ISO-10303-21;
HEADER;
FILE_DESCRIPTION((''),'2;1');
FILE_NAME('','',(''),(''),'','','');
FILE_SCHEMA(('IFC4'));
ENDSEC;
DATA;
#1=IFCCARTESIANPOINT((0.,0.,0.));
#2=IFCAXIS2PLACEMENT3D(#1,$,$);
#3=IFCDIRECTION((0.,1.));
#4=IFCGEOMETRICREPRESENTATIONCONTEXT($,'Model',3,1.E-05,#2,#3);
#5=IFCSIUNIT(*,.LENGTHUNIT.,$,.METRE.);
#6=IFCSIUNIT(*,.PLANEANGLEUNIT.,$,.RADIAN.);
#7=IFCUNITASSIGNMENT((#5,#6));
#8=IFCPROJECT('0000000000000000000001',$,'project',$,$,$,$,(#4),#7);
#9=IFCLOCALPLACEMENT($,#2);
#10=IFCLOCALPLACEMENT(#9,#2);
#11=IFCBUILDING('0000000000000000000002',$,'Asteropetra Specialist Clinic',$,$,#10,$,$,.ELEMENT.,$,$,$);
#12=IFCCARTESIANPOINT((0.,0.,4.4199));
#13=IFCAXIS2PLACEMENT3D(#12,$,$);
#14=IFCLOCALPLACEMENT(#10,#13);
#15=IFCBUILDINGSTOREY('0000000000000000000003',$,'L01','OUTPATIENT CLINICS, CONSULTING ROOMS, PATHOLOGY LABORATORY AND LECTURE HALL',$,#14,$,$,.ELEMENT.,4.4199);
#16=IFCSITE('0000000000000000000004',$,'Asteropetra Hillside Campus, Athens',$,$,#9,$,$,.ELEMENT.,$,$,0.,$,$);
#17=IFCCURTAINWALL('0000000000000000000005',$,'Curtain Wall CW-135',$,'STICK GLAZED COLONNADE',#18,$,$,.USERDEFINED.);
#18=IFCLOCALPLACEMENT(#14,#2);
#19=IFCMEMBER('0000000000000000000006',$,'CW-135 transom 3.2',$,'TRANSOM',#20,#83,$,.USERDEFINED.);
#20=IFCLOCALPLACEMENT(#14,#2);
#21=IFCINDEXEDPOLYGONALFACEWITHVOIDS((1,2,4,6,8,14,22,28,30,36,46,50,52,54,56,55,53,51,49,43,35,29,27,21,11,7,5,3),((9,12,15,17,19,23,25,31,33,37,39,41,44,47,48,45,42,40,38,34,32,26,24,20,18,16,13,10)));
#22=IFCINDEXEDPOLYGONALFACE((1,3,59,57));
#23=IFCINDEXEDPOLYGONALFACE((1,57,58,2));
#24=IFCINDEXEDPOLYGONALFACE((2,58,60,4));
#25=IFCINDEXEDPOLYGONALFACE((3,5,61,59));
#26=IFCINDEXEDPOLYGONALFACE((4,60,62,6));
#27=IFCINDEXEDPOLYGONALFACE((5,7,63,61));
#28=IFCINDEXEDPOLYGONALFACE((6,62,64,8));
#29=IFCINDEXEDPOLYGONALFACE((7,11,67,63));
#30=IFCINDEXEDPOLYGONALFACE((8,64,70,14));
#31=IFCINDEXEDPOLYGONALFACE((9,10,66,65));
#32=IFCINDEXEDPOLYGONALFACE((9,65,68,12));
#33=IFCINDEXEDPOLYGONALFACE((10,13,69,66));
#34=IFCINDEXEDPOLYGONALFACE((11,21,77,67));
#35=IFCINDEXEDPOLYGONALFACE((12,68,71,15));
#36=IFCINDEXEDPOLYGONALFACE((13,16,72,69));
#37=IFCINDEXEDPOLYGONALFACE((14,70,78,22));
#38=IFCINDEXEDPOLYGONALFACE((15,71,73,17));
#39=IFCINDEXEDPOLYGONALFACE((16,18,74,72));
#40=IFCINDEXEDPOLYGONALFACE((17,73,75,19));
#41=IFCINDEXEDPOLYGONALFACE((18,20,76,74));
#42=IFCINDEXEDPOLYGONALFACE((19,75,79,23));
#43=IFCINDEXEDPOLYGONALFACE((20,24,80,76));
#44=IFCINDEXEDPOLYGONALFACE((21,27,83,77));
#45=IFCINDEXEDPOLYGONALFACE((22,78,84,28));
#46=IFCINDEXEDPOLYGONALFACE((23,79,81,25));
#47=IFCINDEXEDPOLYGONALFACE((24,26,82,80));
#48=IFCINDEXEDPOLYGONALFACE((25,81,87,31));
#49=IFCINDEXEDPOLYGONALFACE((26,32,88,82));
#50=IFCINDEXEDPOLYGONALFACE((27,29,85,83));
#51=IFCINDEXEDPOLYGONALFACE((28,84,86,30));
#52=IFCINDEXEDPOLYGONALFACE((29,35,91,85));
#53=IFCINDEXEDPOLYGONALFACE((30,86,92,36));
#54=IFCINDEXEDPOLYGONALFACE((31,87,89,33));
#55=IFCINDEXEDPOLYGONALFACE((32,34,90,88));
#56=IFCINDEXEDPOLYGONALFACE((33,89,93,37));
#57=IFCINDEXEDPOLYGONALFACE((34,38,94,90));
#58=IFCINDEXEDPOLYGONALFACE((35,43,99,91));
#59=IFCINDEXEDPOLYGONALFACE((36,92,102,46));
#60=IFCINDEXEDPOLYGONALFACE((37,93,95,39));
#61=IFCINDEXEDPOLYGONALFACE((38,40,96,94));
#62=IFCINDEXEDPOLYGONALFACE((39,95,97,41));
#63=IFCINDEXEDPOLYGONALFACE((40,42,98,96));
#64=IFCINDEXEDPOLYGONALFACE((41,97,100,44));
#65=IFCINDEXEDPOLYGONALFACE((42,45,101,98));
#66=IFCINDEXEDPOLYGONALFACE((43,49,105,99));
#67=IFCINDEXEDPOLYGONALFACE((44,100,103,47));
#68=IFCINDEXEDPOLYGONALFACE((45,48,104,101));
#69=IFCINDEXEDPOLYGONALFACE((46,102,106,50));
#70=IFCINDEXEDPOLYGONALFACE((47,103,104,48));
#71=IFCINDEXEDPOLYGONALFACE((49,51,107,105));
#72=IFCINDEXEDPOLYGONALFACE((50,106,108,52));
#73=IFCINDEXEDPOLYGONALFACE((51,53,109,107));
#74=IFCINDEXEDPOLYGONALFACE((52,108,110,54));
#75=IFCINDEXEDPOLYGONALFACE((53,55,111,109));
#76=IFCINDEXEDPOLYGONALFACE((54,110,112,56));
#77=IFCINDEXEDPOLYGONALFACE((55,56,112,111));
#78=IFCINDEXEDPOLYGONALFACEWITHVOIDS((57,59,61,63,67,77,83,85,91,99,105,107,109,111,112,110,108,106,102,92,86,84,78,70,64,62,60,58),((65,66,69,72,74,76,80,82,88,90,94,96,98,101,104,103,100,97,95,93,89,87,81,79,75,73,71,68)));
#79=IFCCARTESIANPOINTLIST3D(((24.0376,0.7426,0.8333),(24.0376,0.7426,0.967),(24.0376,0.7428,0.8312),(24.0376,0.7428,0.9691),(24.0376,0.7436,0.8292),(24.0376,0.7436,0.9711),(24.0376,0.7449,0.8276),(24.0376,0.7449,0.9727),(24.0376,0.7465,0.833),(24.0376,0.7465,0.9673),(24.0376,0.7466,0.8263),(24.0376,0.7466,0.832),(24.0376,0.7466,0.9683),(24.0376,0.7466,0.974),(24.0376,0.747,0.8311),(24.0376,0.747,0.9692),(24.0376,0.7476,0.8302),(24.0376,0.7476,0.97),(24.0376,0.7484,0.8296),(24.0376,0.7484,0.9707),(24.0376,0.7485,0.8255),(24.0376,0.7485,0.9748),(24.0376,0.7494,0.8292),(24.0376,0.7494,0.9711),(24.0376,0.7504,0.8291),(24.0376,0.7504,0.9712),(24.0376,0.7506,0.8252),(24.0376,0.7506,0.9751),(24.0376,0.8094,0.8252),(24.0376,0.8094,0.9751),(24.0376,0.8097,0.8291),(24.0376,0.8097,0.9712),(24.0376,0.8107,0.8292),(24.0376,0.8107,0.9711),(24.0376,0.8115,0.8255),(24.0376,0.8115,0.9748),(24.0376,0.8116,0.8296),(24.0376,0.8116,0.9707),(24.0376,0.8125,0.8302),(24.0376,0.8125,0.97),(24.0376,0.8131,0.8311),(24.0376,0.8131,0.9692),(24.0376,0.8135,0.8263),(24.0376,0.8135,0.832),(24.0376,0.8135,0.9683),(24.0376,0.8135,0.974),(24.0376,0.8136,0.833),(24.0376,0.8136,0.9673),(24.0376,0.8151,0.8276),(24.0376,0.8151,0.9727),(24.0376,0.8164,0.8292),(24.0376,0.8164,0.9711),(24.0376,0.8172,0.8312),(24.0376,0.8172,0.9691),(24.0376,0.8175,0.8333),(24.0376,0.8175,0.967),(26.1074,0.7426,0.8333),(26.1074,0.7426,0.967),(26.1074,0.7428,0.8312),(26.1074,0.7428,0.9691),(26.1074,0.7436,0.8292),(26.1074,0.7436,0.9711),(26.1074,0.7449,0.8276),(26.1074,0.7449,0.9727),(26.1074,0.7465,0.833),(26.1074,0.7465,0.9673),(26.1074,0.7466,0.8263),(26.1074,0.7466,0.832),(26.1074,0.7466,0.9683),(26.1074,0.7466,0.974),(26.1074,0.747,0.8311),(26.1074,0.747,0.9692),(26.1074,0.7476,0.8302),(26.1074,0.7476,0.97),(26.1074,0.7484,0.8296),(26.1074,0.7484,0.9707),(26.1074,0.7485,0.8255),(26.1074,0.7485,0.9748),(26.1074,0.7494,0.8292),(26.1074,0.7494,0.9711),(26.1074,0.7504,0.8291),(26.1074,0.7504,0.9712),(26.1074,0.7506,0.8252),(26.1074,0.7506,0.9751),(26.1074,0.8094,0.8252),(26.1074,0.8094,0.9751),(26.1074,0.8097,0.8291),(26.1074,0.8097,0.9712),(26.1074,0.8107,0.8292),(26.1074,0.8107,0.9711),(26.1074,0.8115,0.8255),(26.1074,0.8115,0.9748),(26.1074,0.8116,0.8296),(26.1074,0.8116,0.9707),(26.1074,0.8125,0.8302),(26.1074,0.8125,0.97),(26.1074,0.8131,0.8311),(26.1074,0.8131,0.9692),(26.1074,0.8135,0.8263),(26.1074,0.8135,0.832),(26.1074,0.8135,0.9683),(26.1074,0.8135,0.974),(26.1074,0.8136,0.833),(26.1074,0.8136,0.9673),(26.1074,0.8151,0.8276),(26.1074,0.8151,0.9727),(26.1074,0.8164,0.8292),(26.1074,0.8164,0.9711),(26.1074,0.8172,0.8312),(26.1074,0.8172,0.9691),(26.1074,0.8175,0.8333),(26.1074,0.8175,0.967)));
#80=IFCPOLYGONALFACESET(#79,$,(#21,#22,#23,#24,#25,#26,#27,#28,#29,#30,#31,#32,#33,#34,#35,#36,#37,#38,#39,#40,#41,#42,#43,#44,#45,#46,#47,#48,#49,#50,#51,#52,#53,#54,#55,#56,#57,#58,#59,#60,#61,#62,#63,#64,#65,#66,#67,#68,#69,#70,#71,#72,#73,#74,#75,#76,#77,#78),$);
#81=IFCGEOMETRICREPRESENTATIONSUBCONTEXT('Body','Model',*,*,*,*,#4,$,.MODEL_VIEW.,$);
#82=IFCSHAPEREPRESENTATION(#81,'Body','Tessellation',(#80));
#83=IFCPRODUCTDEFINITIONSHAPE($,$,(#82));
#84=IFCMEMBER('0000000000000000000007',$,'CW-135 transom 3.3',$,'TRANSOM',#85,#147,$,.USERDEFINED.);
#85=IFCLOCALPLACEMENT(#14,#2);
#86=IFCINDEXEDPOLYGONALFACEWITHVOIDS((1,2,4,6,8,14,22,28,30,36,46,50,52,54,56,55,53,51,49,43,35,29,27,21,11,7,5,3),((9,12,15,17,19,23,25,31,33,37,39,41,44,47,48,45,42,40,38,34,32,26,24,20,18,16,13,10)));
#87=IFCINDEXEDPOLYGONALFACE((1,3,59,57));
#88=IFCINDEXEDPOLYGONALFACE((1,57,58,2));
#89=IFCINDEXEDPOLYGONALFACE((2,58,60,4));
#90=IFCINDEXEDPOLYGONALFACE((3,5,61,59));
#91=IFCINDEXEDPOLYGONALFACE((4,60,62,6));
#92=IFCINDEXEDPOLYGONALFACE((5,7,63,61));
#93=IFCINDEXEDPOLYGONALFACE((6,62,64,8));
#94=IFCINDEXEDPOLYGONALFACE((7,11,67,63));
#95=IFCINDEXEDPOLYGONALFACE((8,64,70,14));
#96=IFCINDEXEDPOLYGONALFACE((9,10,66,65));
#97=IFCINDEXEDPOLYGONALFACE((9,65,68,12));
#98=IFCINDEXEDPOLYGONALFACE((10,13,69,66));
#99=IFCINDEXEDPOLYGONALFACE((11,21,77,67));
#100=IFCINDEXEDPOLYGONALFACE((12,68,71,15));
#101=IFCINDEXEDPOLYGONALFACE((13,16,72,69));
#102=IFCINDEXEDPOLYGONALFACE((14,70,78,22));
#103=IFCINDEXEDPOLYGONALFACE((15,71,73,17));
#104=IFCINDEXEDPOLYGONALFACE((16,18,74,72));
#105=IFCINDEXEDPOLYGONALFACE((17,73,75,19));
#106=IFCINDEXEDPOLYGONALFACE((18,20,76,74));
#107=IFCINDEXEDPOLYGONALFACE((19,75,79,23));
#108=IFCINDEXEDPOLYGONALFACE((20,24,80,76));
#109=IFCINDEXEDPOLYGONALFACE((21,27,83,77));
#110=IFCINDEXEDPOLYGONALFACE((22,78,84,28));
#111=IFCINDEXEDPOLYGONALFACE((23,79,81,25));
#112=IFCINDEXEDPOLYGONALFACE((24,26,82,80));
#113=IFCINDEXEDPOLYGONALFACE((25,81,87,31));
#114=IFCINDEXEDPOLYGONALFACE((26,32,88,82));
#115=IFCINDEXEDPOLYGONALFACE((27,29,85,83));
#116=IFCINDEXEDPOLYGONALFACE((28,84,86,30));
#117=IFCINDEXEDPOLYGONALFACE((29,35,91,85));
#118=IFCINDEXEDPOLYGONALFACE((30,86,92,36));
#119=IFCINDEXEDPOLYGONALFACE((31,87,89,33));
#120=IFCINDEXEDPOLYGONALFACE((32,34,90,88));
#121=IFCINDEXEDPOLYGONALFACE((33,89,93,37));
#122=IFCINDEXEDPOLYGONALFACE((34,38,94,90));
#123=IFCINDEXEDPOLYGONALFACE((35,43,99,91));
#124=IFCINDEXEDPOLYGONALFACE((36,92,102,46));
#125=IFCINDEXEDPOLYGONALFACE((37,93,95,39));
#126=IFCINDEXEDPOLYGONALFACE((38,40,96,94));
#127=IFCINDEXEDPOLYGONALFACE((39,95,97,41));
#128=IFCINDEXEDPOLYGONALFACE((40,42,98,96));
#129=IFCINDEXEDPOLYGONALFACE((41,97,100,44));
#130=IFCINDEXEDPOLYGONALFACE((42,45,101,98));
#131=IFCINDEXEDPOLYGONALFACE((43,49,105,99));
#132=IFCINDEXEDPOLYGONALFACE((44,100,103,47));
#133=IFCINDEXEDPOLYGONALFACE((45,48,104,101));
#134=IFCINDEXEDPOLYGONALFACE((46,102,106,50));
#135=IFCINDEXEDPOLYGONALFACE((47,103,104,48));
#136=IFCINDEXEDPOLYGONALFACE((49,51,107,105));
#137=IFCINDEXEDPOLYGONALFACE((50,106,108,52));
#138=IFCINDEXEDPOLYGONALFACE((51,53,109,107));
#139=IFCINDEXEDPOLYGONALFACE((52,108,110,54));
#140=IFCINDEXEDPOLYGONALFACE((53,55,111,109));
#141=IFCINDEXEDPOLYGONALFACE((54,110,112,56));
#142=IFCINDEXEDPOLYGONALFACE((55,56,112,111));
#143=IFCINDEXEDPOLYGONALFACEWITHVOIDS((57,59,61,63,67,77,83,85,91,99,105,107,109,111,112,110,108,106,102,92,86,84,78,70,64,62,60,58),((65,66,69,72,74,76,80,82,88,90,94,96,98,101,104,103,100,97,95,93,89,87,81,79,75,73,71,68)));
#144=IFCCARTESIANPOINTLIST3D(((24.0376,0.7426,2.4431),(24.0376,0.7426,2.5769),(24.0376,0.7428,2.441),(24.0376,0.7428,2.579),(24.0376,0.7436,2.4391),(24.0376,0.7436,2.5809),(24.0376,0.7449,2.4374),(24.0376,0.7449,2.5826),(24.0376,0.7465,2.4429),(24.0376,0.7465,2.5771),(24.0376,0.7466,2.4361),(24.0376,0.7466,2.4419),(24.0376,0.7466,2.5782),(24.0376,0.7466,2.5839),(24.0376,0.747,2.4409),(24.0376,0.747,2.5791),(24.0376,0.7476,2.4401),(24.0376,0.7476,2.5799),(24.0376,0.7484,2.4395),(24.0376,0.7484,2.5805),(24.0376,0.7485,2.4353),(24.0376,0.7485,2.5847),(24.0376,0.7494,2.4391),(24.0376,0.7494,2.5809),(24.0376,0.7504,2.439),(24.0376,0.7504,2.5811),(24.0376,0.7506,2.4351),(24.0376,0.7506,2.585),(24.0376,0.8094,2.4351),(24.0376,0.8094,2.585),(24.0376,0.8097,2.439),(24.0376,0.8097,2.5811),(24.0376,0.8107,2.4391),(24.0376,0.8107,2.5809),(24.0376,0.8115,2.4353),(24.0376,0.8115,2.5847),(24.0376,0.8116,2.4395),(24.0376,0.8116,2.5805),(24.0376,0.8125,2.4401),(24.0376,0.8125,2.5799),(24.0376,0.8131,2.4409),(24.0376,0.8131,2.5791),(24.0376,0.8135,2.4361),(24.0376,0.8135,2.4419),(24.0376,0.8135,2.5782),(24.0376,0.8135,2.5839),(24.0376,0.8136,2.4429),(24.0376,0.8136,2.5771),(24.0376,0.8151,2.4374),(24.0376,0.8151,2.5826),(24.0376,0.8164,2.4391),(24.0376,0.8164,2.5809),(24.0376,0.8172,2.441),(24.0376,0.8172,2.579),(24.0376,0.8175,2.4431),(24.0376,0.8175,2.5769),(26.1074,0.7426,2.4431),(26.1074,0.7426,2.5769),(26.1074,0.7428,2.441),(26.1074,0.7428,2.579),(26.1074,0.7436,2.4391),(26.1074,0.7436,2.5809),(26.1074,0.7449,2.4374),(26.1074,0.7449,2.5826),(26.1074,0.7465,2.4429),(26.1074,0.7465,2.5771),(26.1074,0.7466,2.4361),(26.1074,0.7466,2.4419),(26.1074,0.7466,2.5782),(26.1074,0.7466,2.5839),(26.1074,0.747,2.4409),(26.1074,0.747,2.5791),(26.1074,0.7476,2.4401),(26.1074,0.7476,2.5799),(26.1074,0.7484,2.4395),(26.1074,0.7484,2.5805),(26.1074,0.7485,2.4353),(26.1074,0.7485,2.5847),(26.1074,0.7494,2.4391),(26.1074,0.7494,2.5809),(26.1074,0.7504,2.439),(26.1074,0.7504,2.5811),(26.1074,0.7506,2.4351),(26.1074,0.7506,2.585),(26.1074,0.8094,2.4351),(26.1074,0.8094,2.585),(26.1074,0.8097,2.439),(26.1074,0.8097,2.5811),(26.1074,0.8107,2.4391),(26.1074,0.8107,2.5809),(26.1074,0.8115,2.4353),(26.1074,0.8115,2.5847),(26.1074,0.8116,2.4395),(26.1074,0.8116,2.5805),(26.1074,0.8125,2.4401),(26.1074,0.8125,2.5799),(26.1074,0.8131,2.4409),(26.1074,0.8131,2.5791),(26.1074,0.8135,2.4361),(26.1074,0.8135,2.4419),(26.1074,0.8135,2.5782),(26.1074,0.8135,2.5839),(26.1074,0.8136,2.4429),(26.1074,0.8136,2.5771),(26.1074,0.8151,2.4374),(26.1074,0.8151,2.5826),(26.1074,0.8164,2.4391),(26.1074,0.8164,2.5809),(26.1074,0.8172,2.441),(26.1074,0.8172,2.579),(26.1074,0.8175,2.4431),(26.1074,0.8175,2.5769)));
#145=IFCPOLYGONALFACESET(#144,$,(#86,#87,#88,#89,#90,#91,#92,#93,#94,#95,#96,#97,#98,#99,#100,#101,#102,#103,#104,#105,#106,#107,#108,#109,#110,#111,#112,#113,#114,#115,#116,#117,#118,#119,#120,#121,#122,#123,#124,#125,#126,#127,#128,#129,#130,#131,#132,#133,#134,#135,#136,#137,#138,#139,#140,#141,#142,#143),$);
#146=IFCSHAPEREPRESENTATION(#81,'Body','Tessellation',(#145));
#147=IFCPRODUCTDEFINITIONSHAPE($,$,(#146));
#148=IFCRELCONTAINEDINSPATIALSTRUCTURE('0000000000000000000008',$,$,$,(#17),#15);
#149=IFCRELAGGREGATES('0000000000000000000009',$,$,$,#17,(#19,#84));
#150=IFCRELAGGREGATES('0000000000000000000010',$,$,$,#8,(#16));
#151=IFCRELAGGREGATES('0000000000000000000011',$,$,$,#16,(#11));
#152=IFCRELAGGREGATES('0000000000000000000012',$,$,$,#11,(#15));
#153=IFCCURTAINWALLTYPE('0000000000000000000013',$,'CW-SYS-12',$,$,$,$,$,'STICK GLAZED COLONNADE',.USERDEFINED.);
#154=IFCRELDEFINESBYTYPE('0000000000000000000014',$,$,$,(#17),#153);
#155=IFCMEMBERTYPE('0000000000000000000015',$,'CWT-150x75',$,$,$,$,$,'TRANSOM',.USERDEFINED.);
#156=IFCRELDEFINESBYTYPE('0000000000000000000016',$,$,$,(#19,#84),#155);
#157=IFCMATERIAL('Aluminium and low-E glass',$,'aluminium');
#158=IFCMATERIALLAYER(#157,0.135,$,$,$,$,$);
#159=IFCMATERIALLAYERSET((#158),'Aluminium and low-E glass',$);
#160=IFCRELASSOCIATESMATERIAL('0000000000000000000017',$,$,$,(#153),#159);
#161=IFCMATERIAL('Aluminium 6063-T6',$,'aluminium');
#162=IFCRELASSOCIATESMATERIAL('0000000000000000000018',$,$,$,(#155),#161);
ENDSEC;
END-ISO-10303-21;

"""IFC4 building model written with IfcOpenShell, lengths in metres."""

from ifc_helpers import new_model, si_unit, direction, frame, origin, origin_2d, place, context, subcontext, project, spatial, hollow_rectangle, extrude, material, layer, layer_set, material_profile, profile_set, type_object, element, aggregate, save


model = new_model("IFC4")

# Units and contexts
model_context = context("Model", 3, precision=1e-05, world=origin(), true_north=direction((0.0, 1.0)))
body_context = subcontext(model_context, "Body", "Model", "MODEL_VIEW")
ifc_project = project(units=[si_unit("LENGTHUNIT", "METRE"), si_unit("PLANEANGLEUNIT", "RADIAN")], contexts=[model_context])

# Site, building, storey
site_placement = place(None, origin())
site = spatial("IfcSite", under=ifc_project, at=site_placement, Name="Asteropetra Hillside Campus, Athens", CompositionType="ELEMENT", RefElevation=0.0)
building_placement = place(site_placement, origin())
building = spatial("IfcBuilding", under=site, at=building_placement, Name="Asteropetra Specialist Clinic", CompositionType="ELEMENT")
storey_placement = place(building_placement, frame((0.0, 0.0, 4.4199)))
storey = spatial("IfcBuildingStorey", under=building, at=storey_placement, Name="L01", Description="OUTPATIENT CLINICS, CONSULTING ROOMS, PATHOLOGY LABORATORY AND LECTURE HALL", CompositionType="ELEMENT", Elevation=4.4199)

# Curtain wall, members
ifc_material_1 = material(Name="Aluminium and low-E glass", Category="aluminium")
ifc_layer_1 = layer(ifc_material_1, 0.135)
ifc_layer_set_1 = layer_set([ifc_layer_1], Name="Aluminium and low-E glass")
curtain_wall_type = type_object("IfcCurtainWallType", Name="CW-SYS-12", ElementType="STICK GLAZED COLONNADE", PredefinedType="USERDEFINED", material=ifc_layer_set_1)
curtain_wall_placement = place(storey_placement, origin())
curtain_wall = element("IfcCurtainWall", 1, at=curtain_wall_placement, inside=storey, type_object=curtain_wall_type, Name="Curtain Wall CW-135", ObjectType="STICK GLAZED COLONNADE", PredefinedType="USERDEFINED")
ifc_material_2 = material(Name="Aluminium 6063-T6", Category="aluminium")
ifc_material_profile_1 = material_profile(ifc_material_2, hollow_rectangle(XDim=0.075, YDim=0.1499, WallThickness=0.0039, InnerFilletRadius=0.0039, OuterFilletRadius=0.0081, at=origin_2d()), Name="TRN 150x75x4.0")
ifc_profile_set_1 = profile_set([ifc_material_profile_1], Name="Aluminium 6063-T6")
member_type_1 = type_object("IfcMemberType", Name="CWT-150x75", ElementType="TRANSOM", PredefinedType="USERDEFINED", material=ifc_profile_set_1)
member_1_placement = place(storey_placement, frame((24.0376, 0.78, 0.9001), z_axis=(1.0, 0.0, 0.0), x_axis=(0.0, 1.0, 0.0)))
member_1 = element("IfcMember", 2, at=member_1_placement, type_object=member_type_1, Name="CW-135 transom 3.2", ObjectType="TRANSOM", PredefinedType="USERDEFINED", context=body_context, shape_type="SweptSolid", body=[
    extrude(hollow_rectangle(XDim=0.075, YDim=0.1499, WallThickness=0.0039, InnerFilletRadius=0.0039, OuterFilletRadius=0.0081, at=origin_2d()), origin(), (0.0, 0.0, 1.0), 2.0698),
])
member_2_placement = place(storey_placement, frame((24.0376, 0.78, 2.51), z_axis=(1.0, 0.0, 0.0), x_axis=(0.0, 1.0, 0.0)))
member_2 = element("IfcMember", 3, at=member_2_placement, type_object=member_type_1, Name="CW-135 transom 3.3", ObjectType="TRANSOM", PredefinedType="USERDEFINED", context=body_context, shape_type="SweptSolid", body=[
    extrude(hollow_rectangle(XDim=0.075, YDim=0.1499, WallThickness=0.0039, InnerFilletRadius=0.0039, OuterFilletRadius=0.0081, at=origin_2d()), origin(), (0.0, 0.0, 1.0), 2.0698),
])

aggregate(curtain_wall, [member_1, member_2])

save(model, "model.ifc")
